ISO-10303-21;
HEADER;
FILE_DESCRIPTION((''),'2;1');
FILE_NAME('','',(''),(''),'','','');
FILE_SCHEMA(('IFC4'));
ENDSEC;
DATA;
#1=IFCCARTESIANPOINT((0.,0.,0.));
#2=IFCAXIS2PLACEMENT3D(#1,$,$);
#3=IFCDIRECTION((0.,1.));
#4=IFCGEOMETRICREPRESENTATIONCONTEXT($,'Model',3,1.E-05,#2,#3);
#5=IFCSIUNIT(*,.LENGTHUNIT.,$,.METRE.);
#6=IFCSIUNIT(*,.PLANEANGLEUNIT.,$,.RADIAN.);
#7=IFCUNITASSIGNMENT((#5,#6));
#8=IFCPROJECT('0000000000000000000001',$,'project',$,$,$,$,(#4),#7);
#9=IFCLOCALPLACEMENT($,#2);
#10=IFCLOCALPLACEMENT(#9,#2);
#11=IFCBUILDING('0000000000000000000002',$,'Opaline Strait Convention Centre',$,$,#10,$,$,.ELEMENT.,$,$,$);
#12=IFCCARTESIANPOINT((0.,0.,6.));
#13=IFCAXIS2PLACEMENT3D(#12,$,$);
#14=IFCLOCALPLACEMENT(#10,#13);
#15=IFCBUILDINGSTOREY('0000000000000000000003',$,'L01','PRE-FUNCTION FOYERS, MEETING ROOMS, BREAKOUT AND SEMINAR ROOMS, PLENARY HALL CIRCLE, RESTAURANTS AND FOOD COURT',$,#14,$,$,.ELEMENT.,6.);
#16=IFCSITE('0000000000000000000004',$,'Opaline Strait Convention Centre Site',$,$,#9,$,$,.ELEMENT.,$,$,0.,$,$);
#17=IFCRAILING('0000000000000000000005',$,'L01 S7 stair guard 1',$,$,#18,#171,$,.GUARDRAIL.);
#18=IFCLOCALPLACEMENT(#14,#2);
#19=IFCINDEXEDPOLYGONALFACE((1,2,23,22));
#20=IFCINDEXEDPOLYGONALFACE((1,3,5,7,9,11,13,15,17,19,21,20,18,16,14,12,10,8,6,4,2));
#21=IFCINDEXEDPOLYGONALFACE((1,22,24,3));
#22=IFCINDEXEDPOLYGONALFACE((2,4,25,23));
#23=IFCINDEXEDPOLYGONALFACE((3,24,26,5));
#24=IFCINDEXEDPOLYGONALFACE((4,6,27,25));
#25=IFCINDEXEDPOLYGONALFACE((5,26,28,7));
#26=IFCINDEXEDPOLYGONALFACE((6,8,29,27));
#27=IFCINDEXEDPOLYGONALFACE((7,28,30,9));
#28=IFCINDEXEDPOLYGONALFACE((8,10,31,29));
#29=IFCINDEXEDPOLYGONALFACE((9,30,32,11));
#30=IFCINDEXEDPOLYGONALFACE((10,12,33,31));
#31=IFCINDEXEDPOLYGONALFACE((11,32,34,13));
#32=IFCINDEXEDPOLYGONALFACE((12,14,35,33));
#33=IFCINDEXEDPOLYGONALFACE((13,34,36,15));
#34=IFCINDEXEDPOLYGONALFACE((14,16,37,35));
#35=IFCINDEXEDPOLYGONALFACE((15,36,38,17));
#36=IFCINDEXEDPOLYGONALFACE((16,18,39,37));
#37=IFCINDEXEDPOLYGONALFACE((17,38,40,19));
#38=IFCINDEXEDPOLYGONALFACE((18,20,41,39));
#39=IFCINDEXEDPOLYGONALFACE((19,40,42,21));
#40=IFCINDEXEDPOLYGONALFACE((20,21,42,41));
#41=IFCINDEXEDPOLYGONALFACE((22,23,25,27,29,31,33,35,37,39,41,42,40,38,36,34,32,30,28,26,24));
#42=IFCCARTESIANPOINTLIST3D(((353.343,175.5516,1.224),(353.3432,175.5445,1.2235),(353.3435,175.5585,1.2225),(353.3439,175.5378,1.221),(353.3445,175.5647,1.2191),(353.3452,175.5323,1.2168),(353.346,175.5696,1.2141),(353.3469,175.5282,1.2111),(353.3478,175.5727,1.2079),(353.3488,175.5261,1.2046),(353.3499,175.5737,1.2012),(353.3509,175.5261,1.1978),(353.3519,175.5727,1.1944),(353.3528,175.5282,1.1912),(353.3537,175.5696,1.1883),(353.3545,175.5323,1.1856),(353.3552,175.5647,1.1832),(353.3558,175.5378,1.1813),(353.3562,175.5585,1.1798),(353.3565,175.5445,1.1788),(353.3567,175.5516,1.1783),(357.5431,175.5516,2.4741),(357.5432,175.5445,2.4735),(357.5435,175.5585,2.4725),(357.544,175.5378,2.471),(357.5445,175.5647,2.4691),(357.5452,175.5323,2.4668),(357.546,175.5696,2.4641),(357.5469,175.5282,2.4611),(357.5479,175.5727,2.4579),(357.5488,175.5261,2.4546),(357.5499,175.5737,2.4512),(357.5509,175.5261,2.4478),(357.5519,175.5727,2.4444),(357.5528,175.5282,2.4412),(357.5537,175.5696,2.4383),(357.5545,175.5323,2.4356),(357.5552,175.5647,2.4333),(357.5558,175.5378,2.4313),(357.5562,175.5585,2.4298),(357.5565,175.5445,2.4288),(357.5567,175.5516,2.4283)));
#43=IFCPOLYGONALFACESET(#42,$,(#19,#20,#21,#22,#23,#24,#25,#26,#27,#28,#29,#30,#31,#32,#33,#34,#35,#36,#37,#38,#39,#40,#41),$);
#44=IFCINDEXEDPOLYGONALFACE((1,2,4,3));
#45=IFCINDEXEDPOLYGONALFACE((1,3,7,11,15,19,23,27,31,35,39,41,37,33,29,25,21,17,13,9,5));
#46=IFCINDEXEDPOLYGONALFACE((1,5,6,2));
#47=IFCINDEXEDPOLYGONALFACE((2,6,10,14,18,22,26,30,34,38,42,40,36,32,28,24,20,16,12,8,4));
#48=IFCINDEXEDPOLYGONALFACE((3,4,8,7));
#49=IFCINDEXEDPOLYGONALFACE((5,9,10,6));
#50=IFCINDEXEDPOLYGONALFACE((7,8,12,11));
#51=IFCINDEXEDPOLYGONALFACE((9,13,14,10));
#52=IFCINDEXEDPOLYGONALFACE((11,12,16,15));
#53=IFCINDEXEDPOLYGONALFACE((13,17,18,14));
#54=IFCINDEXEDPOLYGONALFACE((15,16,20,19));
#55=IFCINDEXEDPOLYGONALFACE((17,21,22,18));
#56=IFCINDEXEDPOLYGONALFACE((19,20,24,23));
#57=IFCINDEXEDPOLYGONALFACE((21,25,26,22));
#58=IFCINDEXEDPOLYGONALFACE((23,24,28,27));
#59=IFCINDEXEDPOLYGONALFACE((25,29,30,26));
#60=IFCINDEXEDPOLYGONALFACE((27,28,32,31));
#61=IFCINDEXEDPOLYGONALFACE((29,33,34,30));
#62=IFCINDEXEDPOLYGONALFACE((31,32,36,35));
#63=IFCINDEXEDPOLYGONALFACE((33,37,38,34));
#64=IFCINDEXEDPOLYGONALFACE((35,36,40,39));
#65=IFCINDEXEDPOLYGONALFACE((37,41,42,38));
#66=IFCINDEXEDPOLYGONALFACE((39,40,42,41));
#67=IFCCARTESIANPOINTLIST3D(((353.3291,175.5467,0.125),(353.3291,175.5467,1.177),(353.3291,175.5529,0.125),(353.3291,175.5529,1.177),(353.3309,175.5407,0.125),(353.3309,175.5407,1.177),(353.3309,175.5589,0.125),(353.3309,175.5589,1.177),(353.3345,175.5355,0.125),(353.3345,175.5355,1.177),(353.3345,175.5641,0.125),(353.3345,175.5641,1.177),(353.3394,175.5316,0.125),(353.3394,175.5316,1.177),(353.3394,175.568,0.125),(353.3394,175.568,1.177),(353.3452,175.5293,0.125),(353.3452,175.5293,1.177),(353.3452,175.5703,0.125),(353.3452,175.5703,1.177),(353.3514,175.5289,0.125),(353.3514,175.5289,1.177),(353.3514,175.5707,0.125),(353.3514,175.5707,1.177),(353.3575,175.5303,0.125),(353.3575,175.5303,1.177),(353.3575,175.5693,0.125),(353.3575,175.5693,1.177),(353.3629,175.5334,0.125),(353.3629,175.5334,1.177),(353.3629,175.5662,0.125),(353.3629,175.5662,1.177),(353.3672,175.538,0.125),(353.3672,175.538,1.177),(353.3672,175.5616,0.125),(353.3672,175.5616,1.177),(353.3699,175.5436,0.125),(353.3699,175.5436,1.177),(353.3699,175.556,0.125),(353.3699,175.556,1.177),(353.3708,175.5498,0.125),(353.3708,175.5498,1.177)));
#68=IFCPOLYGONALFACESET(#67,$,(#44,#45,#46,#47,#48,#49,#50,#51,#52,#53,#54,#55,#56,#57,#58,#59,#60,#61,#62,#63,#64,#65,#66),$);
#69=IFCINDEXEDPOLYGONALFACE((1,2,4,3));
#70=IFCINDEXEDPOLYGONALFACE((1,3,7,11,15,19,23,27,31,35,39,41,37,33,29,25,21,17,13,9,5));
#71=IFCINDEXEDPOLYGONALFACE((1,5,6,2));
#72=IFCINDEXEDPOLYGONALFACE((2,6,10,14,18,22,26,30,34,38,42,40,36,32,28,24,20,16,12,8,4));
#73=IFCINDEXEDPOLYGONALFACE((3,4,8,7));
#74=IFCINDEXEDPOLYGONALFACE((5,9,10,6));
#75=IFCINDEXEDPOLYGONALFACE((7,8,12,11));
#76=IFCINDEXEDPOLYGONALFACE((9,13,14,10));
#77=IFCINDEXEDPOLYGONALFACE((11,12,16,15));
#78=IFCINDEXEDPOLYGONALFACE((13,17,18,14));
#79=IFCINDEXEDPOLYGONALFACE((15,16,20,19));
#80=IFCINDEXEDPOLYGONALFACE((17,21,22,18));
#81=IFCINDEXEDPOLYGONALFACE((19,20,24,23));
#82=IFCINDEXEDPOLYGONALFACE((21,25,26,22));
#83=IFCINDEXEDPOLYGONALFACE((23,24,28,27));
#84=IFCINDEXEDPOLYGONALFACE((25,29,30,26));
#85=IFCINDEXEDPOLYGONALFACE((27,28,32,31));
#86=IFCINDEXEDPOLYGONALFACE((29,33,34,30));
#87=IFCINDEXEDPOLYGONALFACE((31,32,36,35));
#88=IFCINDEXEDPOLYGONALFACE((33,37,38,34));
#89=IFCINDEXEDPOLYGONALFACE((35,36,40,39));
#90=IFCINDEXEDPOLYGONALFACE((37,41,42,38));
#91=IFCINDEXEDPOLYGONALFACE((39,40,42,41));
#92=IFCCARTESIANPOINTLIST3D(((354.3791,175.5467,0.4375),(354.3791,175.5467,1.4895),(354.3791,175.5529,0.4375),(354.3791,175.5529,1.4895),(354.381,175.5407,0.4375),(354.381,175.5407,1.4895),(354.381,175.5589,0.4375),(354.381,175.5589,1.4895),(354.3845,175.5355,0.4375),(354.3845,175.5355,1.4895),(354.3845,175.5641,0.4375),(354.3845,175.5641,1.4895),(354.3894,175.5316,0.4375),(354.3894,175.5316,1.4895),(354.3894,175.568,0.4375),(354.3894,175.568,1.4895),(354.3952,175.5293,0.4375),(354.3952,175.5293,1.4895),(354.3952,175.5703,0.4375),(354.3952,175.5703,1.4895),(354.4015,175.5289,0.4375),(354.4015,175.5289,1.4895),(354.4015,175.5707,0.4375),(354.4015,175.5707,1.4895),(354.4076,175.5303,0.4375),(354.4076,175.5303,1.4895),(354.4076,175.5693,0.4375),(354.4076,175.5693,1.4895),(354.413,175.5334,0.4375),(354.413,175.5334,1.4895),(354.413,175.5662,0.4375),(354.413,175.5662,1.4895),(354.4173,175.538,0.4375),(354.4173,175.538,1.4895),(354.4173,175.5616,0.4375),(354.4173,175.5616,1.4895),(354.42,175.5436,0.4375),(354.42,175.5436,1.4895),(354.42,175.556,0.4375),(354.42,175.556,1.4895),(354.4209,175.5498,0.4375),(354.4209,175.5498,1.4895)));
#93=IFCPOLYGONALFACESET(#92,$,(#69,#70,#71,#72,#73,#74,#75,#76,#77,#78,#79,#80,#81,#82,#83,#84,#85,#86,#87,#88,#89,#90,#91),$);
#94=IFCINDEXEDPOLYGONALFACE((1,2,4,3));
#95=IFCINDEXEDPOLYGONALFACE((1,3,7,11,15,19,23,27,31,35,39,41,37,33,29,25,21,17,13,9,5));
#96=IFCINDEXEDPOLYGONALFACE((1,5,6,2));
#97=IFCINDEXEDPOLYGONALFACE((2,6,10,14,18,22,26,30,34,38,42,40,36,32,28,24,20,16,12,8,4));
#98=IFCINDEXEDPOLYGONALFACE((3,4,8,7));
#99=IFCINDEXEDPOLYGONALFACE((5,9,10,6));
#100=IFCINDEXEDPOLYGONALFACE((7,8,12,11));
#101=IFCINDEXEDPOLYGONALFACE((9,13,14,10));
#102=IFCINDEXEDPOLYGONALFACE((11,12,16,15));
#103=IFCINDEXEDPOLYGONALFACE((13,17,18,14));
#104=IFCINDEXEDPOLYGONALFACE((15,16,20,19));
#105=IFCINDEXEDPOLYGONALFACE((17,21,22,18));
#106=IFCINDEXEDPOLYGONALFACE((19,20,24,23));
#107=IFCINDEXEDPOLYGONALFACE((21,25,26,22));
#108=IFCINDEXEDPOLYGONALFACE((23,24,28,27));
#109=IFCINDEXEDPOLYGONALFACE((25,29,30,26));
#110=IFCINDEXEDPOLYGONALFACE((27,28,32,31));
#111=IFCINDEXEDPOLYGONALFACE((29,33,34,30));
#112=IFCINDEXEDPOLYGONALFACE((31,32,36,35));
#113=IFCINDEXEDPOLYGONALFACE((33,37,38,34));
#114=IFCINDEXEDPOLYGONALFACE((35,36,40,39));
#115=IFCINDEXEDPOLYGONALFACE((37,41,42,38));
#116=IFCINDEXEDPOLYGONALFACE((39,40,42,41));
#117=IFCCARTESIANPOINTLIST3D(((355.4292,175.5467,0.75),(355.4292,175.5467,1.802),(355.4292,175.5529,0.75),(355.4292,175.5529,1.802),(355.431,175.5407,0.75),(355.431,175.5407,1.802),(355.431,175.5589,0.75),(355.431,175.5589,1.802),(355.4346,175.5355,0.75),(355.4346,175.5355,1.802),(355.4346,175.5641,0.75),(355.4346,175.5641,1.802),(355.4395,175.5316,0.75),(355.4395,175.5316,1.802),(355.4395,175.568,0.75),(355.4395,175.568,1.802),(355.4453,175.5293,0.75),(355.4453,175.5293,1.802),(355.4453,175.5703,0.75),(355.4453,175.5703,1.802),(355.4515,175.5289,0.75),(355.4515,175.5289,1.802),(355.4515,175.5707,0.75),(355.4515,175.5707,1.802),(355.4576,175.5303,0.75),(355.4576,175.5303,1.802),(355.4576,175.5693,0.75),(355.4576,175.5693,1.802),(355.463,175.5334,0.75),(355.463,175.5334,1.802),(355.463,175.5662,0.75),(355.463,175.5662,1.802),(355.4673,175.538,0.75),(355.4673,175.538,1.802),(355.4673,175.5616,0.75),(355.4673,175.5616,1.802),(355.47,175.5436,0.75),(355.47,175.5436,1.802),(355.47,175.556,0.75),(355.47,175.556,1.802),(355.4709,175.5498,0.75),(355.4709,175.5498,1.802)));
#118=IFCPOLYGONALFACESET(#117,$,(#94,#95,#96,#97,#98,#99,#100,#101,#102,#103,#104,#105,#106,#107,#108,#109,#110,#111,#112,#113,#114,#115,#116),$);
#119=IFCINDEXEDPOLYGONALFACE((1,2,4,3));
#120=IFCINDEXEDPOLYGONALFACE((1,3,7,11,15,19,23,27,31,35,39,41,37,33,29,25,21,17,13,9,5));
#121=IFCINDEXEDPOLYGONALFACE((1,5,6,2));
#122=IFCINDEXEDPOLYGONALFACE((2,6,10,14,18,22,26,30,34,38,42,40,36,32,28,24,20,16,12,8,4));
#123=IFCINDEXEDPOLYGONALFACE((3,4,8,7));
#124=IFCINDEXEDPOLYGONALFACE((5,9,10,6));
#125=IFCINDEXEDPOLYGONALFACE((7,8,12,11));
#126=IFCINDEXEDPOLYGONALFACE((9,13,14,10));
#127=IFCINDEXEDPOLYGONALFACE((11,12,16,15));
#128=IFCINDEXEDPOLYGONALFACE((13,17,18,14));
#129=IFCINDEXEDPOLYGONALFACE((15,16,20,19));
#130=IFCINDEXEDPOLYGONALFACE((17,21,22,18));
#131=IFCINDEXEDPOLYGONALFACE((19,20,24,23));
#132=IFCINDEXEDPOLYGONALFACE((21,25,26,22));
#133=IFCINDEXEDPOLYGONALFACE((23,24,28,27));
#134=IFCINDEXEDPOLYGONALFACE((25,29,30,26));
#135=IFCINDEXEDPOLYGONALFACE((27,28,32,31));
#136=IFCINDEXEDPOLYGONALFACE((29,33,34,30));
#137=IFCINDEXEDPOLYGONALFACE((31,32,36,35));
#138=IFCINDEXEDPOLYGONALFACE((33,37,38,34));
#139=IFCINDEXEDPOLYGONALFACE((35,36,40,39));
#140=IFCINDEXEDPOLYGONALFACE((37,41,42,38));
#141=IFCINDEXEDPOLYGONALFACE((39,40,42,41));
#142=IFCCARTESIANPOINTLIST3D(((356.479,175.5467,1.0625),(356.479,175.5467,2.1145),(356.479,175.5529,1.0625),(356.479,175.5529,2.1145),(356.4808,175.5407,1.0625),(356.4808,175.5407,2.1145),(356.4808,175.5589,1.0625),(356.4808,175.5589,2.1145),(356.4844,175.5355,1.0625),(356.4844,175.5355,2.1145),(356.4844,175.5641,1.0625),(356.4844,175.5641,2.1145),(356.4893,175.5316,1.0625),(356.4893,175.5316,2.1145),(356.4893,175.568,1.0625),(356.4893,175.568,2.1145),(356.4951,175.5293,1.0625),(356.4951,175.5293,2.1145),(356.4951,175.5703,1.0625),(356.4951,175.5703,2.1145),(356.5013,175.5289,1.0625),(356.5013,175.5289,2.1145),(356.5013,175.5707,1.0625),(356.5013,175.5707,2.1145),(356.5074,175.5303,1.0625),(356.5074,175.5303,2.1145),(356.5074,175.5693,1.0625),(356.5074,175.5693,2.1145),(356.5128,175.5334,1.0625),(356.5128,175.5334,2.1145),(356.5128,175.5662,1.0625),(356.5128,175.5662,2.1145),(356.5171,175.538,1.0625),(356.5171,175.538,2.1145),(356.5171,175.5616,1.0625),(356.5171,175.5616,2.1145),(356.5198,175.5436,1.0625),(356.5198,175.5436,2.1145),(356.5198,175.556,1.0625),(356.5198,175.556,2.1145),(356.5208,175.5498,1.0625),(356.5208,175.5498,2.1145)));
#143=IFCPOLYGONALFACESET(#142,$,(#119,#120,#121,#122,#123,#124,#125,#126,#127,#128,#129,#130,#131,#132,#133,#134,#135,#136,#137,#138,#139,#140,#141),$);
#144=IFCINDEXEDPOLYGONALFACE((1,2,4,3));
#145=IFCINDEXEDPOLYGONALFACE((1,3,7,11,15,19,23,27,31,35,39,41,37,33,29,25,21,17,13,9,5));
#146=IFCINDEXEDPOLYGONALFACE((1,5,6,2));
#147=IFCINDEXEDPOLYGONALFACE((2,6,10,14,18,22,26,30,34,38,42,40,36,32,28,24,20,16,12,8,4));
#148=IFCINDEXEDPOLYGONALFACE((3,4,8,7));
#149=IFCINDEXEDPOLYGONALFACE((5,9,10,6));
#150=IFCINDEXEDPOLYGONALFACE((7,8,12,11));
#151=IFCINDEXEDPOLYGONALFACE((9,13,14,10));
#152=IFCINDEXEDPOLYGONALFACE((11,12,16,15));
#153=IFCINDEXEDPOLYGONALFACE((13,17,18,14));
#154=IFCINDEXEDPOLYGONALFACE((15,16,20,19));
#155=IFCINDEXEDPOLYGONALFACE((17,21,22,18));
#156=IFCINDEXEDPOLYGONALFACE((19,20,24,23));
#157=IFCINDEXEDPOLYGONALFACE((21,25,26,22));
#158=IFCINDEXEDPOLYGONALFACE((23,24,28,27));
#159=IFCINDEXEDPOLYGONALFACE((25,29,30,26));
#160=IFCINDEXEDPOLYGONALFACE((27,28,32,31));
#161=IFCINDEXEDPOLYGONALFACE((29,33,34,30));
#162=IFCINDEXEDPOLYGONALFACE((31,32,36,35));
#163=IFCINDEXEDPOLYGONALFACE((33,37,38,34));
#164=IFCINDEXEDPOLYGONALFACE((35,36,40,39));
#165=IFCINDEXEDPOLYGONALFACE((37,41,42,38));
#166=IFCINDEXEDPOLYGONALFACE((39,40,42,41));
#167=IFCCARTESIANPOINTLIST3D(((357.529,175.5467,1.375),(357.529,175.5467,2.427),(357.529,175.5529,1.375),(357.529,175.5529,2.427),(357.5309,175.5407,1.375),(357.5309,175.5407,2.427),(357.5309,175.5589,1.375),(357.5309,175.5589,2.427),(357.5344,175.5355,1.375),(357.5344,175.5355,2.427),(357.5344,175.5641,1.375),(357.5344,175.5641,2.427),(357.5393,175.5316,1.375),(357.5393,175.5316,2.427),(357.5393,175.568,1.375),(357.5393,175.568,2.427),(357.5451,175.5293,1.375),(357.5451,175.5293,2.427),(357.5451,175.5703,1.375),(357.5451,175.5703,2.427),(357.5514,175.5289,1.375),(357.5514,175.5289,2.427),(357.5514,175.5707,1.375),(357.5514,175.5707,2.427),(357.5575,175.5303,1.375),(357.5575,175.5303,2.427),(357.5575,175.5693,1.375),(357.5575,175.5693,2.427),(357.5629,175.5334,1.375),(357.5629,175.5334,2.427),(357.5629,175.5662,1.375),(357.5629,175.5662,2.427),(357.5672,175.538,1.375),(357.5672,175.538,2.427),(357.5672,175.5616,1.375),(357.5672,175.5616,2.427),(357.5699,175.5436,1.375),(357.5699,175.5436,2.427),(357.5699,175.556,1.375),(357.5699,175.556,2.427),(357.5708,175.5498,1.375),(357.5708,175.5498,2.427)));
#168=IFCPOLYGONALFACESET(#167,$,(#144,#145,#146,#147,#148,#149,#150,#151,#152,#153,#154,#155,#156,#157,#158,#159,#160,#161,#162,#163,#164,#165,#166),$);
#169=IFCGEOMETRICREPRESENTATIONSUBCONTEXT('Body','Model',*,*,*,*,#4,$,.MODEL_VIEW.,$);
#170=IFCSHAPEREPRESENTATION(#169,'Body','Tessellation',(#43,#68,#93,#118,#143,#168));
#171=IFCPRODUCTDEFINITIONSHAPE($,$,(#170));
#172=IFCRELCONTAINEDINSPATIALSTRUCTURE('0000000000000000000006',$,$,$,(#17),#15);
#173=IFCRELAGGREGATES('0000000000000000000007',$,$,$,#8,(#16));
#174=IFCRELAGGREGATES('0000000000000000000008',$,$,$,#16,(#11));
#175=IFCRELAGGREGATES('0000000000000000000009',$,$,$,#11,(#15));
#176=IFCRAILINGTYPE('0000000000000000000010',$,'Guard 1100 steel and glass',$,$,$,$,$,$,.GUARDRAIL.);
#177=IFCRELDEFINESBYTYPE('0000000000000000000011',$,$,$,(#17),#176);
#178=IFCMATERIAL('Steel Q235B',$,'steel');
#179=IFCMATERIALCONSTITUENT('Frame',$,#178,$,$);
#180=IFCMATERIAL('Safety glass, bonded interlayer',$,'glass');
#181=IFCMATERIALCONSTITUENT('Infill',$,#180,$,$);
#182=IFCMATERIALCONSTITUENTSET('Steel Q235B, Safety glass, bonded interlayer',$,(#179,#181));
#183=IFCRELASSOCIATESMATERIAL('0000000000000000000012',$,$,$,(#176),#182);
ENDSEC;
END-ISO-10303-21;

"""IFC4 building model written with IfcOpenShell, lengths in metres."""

from ifc_helpers import new_model, si_unit, direction, frame, origin, origin_2d, place, context, subcontext, project, spatial, circle, extrude, material, constituent, constituent_set, type_object, element, save


model = new_model("IFC4")

# Units and contexts
model_context = context("Model", 3, precision=1e-05, world=origin(), true_north=direction((0.0, 1.0)))
body_context = subcontext(model_context, "Body", "Model", "MODEL_VIEW")
ifc_project = project(units=[si_unit("LENGTHUNIT", "METRE"), si_unit("PLANEANGLEUNIT", "RADIAN")], contexts=[model_context])

# Site, building, storey
site_placement = place(None, origin())
site = spatial("IfcSite", under=ifc_project, at=site_placement, Name="Opaline Strait Convention Centre Site", CompositionType="ELEMENT", RefElevation=0.0)
building_placement = place(site_placement, origin())
building = spatial("IfcBuilding", under=site, at=building_placement, Name="Opaline Strait Convention Centre", CompositionType="ELEMENT")
storey_placement = place(building_placement, frame((0.0, 0.0, 6.0)))
storey = spatial("IfcBuildingStorey", under=building, at=storey_placement, Name="L01", Description="PRE-FUNCTION FOYERS, MEETING ROOMS, BREAKOUT AND SEMINAR ROOMS, PLENARY HALL CIRCLE, RESTAURANTS AND FOOD COURT", CompositionType="ELEMENT", Elevation=6.0)

# Shared definitions
ifc_material_1 = material(Name="Steel Q235B", Category="steel")

# Railing
ifc_constituent_1 = constituent(ifc_material_1, Name="Frame")
ifc_material_2 = material(Name="Safety glass, bonded interlayer", Category="glass")
ifc_constituent_2 = constituent(ifc_material_2, Name="Infill")
ifc_constituent_set = constituent_set(constituents=[ifc_constituent_1, ifc_constituent_2], Name="Steel Q235B, Safety glass, bonded interlayer")
railing_type_1 = type_object("IfcRailingType", Name="Guard 1100 steel and glass", PredefinedType="GUARDRAIL", material=ifc_constituent_set)
railing_1_placement = place(storey_placement, frame((353.3499, 175.5498, 0.125)))
element("IfcRailing", 1, at=railing_1_placement, inside=storey, type_object=railing_type_1, Name="L01 S7 stair guard 1", PredefinedType="GUARDRAIL", context=body_context, shape_type="SweptSolid", body=[
    extrude(circle(Radius=0.0239, at=origin_2d()), frame((0.0, 0.0, 1.0762), z_axis=(0.958451, 0.0, 0.285257), x_axis=(0.0, 1.0, 0.0)), (0.0, 0.0, 1.0), 4.3821),
    extrude(circle(Radius=0.021, at=origin_2d()), origin(), (0.0, 0.0, 1.0), 1.052),
    extrude(circle(Radius=0.021, at=origin_2d()), frame((1.05, 0.0, 0.3125)), (0.0, 0.0, 1.0), 1.052),
    extrude(circle(Radius=0.021, at=origin_2d()), frame((2.1001, 0.0, 0.625)), (0.0, 0.0, 1.0), 1.052),
    extrude(circle(Radius=0.021, at=origin_2d()), frame((3.1499, 0.0, 0.9375)), (0.0, 0.0, 1.0), 1.052),
    extrude(circle(Radius=0.021, at=origin_2d()), frame((4.2, 0.0, 1.25)), (0.0, 0.0, 1.0), 1.052),
])

save(model, "model.ifc")
